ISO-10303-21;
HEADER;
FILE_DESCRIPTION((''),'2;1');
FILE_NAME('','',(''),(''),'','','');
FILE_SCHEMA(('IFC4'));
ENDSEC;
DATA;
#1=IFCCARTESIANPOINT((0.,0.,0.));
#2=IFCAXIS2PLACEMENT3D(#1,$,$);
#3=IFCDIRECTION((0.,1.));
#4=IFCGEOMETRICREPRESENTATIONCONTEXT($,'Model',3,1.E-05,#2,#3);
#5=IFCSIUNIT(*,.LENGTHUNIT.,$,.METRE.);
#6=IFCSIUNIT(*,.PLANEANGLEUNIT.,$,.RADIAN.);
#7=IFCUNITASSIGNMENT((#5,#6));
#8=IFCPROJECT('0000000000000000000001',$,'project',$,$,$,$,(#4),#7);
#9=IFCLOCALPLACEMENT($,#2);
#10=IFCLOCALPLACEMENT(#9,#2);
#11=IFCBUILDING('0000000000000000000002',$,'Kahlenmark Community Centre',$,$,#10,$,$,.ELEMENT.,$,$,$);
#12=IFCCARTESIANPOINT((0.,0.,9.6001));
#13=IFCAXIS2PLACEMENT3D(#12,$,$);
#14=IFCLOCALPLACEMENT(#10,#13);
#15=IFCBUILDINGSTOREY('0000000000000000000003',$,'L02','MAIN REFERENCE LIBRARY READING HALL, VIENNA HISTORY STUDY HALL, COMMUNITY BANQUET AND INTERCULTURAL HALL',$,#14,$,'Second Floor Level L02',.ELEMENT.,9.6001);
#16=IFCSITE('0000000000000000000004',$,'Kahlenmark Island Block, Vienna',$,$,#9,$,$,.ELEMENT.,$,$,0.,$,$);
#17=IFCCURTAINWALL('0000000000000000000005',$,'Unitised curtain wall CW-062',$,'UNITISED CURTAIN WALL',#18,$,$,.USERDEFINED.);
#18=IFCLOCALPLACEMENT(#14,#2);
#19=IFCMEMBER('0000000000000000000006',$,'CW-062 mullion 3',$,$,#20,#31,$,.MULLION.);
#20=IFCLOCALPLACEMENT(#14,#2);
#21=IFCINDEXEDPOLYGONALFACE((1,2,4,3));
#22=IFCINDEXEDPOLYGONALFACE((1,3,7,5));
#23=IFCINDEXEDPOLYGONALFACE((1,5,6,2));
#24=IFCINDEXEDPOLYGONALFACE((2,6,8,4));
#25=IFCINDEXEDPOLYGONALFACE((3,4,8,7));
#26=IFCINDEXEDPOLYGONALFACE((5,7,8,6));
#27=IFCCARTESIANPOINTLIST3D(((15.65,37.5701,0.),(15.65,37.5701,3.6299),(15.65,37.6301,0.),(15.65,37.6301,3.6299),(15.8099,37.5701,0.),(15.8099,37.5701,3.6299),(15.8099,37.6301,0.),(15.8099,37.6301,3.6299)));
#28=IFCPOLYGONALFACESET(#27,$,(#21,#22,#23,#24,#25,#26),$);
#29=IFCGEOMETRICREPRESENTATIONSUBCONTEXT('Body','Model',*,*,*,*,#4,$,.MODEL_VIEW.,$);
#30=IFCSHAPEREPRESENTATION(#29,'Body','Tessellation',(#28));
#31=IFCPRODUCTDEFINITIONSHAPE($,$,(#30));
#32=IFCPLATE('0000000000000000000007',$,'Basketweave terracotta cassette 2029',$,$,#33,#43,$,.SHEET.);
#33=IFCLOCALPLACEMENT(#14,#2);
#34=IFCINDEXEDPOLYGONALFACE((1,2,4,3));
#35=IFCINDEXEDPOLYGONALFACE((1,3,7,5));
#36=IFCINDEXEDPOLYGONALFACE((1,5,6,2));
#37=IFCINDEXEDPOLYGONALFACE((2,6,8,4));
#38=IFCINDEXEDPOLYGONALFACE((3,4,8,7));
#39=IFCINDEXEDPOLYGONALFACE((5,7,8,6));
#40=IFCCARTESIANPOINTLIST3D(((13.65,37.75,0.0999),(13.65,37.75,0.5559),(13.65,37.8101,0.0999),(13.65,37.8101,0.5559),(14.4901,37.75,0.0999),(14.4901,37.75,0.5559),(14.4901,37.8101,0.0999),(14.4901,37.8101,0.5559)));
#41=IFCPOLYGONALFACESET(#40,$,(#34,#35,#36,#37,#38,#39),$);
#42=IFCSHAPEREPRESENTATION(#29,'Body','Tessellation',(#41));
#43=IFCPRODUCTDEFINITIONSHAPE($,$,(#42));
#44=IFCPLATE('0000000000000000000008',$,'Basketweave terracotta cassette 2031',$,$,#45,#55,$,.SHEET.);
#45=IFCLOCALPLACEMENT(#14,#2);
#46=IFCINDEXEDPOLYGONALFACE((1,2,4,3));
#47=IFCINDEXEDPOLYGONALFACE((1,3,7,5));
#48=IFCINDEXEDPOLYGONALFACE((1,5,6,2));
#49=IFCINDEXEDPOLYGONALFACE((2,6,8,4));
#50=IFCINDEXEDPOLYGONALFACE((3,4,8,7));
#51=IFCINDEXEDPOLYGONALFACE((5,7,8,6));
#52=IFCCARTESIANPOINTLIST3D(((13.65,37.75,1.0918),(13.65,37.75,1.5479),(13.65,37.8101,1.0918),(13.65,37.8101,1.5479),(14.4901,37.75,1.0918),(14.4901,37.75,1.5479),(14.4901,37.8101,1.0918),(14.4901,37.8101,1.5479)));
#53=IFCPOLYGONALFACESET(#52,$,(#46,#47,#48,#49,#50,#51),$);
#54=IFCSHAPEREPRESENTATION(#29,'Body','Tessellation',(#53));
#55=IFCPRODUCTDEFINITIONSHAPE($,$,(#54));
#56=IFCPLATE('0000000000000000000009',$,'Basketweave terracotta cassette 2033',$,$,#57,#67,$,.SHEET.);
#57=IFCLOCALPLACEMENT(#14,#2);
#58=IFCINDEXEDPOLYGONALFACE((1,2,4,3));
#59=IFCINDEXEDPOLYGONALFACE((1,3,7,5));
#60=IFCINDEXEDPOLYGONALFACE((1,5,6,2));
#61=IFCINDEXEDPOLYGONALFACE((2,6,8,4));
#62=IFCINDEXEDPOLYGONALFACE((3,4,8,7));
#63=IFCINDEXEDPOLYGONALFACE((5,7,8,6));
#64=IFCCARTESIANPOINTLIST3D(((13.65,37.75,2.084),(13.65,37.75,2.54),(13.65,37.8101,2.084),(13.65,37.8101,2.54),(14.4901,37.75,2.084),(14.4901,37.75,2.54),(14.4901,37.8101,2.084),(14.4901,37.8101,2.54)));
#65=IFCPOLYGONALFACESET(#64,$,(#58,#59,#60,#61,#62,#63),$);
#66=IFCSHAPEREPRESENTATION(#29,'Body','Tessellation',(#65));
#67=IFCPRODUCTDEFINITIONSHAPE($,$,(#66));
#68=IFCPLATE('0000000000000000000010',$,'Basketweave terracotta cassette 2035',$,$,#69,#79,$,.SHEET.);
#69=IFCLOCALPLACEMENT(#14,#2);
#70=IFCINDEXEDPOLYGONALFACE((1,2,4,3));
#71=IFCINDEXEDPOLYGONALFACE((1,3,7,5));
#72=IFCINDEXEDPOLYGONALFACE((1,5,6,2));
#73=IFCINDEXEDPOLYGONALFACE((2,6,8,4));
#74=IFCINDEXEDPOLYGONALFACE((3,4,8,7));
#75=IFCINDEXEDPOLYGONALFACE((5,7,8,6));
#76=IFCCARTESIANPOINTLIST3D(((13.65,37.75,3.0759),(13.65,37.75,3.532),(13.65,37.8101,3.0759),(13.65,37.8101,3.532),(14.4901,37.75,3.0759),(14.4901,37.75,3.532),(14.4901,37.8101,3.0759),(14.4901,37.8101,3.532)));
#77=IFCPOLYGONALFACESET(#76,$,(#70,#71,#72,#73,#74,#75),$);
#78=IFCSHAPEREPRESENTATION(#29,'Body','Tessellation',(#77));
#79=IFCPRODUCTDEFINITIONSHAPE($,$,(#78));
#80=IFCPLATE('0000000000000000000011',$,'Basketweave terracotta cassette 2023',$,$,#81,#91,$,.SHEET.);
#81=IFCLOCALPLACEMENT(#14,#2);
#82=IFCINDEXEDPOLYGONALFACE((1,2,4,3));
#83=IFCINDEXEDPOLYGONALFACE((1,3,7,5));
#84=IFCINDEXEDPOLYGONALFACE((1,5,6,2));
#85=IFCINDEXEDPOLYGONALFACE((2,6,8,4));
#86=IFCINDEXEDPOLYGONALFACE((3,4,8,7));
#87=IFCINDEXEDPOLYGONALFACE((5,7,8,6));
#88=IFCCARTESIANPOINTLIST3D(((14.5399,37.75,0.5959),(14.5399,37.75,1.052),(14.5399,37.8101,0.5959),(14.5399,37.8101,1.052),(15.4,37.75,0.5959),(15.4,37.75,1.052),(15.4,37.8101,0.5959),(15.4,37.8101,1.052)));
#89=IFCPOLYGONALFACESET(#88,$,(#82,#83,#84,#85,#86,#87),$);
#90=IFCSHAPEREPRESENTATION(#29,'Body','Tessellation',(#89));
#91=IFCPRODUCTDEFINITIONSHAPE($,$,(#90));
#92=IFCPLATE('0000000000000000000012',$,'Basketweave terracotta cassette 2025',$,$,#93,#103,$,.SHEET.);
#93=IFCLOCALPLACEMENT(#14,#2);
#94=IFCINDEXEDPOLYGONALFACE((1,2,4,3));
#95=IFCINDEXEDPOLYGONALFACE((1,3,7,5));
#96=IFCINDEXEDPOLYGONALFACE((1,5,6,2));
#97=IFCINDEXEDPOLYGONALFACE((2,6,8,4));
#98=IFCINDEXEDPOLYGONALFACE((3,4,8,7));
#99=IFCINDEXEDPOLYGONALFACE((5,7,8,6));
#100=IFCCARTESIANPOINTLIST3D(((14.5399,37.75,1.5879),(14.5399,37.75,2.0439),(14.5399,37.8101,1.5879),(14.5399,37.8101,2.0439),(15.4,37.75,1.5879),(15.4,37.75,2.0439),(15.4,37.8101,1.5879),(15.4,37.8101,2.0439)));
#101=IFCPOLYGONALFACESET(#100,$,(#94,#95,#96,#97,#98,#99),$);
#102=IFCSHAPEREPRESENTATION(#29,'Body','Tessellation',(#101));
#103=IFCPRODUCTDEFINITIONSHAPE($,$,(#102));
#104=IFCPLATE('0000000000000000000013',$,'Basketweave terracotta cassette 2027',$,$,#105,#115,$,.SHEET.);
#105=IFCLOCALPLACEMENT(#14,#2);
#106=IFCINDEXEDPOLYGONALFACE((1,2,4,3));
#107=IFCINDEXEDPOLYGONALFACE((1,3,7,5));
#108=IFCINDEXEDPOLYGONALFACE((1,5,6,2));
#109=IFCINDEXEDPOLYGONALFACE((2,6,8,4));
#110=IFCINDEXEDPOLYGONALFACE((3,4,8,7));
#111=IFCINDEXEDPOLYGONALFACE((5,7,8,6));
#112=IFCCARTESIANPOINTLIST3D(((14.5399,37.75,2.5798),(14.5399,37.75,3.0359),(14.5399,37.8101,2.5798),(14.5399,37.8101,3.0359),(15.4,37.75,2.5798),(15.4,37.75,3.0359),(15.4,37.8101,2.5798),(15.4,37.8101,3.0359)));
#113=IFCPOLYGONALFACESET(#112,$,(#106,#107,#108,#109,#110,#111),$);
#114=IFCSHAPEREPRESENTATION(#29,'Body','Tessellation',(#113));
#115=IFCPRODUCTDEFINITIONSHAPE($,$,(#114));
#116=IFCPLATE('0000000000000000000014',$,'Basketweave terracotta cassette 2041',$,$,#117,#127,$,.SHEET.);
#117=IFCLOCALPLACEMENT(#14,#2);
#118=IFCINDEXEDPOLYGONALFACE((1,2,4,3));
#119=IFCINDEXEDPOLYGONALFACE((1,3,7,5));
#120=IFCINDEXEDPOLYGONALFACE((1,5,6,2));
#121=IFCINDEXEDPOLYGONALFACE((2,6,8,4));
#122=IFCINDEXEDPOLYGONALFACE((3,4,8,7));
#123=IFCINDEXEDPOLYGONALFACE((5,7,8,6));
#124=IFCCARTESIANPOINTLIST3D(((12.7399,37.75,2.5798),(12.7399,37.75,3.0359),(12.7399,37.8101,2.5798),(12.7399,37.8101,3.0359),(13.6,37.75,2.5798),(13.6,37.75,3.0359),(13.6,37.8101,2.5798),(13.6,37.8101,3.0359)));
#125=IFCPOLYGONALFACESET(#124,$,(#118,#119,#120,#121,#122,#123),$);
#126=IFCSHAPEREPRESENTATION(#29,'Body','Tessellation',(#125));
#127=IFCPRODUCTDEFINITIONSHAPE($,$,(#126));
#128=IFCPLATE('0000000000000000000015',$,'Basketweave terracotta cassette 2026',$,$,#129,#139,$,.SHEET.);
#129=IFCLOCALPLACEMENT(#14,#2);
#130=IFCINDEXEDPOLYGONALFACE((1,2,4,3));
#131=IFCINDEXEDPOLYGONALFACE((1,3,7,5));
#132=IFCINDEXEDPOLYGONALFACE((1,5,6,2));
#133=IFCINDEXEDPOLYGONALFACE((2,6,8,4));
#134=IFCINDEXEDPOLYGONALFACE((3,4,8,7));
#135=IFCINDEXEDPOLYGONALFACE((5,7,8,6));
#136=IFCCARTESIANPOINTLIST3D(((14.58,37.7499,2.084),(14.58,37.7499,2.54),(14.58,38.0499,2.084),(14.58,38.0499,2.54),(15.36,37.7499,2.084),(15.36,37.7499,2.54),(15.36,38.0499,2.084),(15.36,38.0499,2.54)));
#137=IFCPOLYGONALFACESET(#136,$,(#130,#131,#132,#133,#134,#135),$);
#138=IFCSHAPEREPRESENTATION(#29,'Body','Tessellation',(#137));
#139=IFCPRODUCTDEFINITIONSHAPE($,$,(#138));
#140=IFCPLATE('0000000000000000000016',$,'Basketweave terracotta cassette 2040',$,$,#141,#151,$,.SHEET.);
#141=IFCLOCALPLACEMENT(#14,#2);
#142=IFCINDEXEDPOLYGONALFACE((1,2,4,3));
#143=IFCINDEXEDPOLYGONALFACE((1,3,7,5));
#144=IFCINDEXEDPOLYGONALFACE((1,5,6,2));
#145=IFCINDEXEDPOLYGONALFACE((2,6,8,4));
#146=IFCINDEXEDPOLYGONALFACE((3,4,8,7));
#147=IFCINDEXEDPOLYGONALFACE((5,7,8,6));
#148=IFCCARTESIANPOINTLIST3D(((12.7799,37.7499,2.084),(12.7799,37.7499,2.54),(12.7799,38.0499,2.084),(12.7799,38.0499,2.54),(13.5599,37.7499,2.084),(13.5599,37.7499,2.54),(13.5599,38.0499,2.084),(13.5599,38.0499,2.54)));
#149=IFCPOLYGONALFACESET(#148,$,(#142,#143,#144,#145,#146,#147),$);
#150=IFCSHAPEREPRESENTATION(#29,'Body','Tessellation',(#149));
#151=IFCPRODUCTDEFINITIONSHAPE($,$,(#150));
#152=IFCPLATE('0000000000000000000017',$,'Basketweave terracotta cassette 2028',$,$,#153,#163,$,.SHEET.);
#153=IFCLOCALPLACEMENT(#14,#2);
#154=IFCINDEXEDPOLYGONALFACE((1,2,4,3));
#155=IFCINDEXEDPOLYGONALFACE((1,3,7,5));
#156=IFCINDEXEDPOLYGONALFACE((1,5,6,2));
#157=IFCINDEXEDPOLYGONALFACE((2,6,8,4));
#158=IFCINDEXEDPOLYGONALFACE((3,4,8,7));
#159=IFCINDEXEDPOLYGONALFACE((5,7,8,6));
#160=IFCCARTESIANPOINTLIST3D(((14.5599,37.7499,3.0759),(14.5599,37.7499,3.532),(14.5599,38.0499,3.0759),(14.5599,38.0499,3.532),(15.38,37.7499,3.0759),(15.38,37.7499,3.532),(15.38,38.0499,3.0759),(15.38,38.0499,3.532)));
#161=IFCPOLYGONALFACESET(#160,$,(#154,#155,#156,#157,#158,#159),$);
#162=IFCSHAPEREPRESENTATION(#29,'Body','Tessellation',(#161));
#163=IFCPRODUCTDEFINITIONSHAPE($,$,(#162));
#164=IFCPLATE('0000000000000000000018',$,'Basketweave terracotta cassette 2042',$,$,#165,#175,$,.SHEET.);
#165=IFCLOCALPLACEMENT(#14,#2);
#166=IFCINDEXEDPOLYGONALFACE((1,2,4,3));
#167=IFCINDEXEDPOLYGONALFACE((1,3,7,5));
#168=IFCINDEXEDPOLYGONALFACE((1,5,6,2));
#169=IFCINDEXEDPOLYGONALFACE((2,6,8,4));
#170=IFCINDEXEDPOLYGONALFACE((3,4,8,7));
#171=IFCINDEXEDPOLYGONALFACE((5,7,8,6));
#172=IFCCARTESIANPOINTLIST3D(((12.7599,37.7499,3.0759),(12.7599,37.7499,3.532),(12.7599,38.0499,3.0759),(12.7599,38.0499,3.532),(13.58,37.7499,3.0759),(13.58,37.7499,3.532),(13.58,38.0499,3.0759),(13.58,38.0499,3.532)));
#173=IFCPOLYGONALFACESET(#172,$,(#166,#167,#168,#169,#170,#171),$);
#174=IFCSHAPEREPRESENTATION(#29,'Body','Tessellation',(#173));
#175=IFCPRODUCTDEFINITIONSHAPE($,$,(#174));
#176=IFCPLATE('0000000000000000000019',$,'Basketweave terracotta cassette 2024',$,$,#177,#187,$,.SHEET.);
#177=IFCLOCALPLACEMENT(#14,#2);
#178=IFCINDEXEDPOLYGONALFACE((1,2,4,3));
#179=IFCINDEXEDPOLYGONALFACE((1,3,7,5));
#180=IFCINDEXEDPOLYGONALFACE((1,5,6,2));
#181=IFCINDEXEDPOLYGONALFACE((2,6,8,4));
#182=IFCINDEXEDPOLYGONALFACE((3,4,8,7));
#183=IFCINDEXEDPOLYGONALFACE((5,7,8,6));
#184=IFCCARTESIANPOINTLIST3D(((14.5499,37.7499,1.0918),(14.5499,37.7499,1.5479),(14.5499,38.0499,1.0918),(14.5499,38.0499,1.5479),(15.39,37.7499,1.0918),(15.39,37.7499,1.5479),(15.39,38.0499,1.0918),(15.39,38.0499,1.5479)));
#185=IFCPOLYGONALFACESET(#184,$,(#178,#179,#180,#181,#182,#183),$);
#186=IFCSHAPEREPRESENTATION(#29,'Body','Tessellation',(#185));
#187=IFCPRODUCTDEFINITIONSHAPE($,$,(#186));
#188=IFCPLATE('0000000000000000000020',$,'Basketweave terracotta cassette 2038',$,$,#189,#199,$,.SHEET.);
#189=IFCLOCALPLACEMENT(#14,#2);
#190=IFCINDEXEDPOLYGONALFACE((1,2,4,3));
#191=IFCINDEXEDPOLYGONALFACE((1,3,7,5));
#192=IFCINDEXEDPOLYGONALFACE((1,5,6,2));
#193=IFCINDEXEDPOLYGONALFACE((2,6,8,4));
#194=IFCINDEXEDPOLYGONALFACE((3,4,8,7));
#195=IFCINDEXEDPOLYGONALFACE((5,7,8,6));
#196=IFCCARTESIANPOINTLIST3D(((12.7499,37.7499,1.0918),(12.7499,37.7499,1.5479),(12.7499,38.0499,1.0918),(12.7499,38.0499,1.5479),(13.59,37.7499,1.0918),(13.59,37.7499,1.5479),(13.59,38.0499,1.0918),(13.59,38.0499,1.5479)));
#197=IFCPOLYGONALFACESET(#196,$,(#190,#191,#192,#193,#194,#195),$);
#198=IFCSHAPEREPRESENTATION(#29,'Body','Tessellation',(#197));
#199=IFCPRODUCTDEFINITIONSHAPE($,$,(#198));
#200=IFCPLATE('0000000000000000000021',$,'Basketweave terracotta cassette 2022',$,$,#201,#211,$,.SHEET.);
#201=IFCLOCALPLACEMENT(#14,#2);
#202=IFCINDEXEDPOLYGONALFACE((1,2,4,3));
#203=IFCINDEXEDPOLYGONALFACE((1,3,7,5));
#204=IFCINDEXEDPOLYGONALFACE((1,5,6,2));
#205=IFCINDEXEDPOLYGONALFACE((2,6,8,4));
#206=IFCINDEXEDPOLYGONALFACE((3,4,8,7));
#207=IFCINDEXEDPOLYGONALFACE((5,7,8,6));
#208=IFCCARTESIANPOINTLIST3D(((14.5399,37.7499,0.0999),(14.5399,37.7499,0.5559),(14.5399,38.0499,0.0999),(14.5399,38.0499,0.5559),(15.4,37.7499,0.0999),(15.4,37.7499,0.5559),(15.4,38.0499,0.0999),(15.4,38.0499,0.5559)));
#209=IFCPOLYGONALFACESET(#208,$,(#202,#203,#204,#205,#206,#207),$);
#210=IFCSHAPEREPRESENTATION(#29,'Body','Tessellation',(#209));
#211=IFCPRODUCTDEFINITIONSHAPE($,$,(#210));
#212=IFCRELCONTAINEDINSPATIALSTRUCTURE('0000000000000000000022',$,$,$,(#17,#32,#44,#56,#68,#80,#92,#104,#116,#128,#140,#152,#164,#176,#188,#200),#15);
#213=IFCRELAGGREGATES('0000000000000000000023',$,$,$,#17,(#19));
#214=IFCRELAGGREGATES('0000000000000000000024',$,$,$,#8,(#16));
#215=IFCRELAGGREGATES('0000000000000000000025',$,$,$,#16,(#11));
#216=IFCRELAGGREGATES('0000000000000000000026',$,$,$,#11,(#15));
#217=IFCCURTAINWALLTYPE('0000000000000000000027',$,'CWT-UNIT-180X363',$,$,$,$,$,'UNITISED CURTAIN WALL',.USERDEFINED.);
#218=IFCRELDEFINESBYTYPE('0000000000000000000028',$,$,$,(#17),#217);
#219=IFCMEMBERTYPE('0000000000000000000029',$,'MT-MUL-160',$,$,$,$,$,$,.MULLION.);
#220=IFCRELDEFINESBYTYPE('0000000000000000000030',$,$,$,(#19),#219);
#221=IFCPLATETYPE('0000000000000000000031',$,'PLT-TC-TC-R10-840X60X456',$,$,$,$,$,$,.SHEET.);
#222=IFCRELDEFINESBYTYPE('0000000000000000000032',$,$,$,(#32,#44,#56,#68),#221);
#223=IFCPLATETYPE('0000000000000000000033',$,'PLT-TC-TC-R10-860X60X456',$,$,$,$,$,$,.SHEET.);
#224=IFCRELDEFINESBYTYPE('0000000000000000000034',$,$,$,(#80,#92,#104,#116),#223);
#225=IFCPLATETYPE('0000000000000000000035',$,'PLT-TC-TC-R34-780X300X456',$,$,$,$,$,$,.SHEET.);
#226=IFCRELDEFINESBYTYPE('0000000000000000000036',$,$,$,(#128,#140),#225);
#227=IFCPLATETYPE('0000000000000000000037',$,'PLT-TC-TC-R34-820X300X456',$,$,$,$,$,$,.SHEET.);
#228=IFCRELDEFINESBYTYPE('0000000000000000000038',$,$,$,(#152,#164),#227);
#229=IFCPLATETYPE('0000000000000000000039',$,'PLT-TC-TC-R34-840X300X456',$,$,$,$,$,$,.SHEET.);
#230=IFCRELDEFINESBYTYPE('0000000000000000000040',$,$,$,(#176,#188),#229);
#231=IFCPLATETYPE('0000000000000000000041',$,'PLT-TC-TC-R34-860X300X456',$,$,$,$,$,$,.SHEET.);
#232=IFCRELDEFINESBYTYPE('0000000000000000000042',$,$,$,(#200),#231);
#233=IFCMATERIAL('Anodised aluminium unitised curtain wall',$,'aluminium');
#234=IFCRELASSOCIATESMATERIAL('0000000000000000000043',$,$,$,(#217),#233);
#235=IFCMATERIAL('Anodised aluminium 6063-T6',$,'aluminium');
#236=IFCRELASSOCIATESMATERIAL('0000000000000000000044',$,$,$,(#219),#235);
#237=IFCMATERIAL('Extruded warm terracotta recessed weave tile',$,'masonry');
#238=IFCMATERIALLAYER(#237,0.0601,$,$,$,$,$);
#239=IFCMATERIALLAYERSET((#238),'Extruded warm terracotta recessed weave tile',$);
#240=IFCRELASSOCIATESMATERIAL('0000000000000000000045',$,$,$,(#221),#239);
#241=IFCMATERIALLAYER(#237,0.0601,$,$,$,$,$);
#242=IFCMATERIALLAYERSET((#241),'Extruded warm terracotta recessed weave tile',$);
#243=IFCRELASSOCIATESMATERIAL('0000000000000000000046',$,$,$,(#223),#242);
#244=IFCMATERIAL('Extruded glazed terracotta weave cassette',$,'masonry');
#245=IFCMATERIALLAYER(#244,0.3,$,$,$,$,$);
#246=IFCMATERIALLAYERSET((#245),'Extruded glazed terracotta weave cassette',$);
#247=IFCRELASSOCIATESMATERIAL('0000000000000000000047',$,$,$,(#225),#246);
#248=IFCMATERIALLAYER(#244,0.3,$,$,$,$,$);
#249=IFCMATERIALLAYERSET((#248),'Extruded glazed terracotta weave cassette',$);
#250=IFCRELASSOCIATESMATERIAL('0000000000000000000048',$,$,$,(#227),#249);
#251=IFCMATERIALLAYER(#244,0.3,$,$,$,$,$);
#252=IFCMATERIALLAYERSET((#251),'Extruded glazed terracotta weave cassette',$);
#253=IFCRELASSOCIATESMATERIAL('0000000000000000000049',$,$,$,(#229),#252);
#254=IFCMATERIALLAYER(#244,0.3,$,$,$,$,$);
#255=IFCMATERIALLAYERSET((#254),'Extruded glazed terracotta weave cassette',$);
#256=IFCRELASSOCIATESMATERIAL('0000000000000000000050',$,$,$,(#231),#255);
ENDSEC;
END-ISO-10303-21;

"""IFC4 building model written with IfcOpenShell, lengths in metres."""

from ifc_helpers import new_model, si_unit, direction, frame, origin, origin_2d, place, context, subcontext, project, spatial, rectangle, extrude, material, layer, layer_set, material_profile, profile_set, type_object, element, aggregate, save


model = new_model("IFC4")

# Units and contexts
model_context = context("Model", 3, precision=1e-05, world=origin(), true_north=direction((0.0, 1.0)))
body_context = subcontext(model_context, "Body", "Model", "MODEL_VIEW")
ifc_project = project(units=[si_unit("LENGTHUNIT", "METRE"), si_unit("PLANEANGLEUNIT", "RADIAN")], contexts=[model_context])

# Site, building, storey
site_placement = place(None, origin())
site = spatial("IfcSite", under=ifc_project, at=site_placement, Name="Kahlenmark Island Block, Vienna", CompositionType="ELEMENT", RefElevation=0.0)
building_placement = place(site_placement, origin())
building = spatial("IfcBuilding", under=site, at=building_placement, Name="Kahlenmark Community Centre", CompositionType="ELEMENT")
storey_placement = place(building_placement, frame((0.0, 0.0, 9.6001)))
storey = spatial("IfcBuildingStorey", under=building, at=storey_placement, Name="L02", Description="MAIN REFERENCE LIBRARY READING HALL, VIENNA HISTORY STUDY HALL, COMMUNITY BANQUET AND INTERCULTURAL HALL", LongName="Second Floor Level L02", CompositionType="ELEMENT", Elevation=9.6001)

# Curtain wall, member
ifc_material_1 = material(Name="Anodised aluminium unitised curtain wall", Category="aluminium")
curtain_wall_type = type_object("IfcCurtainWallType", Name="CWT-UNIT-180X363", ElementType="UNITISED CURTAIN WALL", PredefinedType="USERDEFINED", material=ifc_material_1)
curtain_wall_placement = place(storey_placement, origin())
curtain_wall = element("IfcCurtainWall", 1, at=curtain_wall_placement, inside=storey, type_object=curtain_wall_type, Name="Unitised curtain wall CW-062", ObjectType="UNITISED CURTAIN WALL", PredefinedType="USERDEFINED")
ifc_material_2 = material(Name="Anodised aluminium 6063-T6", Category="aluminium")
ifc_material_profile = material_profile(ifc_material_2, rectangle(XDim=0.0601, YDim=0.1599, at=origin_2d()), Name="ALU MULLION 60x160")
ifc_profile_set = profile_set([ifc_material_profile], Name="Anodised aluminium 6063-T6")
member_type = type_object("IfcMemberType", Name="MT-MUL-160", PredefinedType="MULLION", material=ifc_profile_set)
member_placement = place(storey_placement, frame((15.73, 37.6001, 0.0), z_axis=(0.0, 0.0, 1.0), x_axis=(0.0, -1.0, 0.0)))
member = element("IfcMember", 2, at=member_placement, type_object=member_type, Name="CW-062 mullion 3", PredefinedType="MULLION", context=body_context, shape_type="SweptSolid", body=[
    extrude(rectangle(XDim=0.0601, YDim=0.1599, at=origin_2d()), origin(), (0.0, 0.0, 1.0), 3.6299),
])
aggregate(curtain_wall, [member])

# Plates
ifc_material_3 = material(Name="Extruded warm terracotta recessed weave tile", Category="masonry")
ifc_layer_1 = layer(ifc_material_3, 0.0601)
ifc_layer_set_1 = layer_set([ifc_layer_1], Name="Extruded warm terracotta recessed weave tile")
plate_type_1 = type_object("IfcPlateType", Name="PLT-TC-TC-R10-840X60X456", PredefinedType="SHEET", material=ifc_layer_set_1)
for number, where, z_axis, x_axis, name in (
    (3, (14.0701, 37.78, 0.0999), (0.0, 0.0, 1.0), (-1.0, 0.0, 0.0), "Basketweave terracotta cassette 2029"),
    (4, (14.0701, 37.78, 1.0918), (0.0, 0.0, 1.0), (-1.0, 0.0, 0.0), "Basketweave terracotta cassette 2031"),
    (5, (14.0701, 37.78, 2.084), (0.0, 0.0, 1.0), (-1.0, 0.0, 0.0), "Basketweave terracotta cassette 2033"),
    (6, (14.0701, 37.78, 3.0759), (0.0, 0.0, 1.0), (-1.0, 0.0, 0.0), "Basketweave terracotta cassette 2035"),
):
    element("IfcPlate", number, at=place(storey_placement, frame(where, z_axis=z_axis, x_axis=x_axis)), inside=storey, type_object=plate_type_1, Name=name, PredefinedType="SHEET", context=body_context, shape_type="SweptSolid", body=[
        extrude(rectangle(XDim=0.8401, YDim=0.0601, at=origin_2d()), origin(), (0.0, 0.0, 1.0), 0.4561),
    ])
ifc_layer_2 = layer(ifc_material_3, 0.0601)
ifc_layer_set_2 = layer_set([ifc_layer_2], Name="Extruded warm terracotta recessed weave tile")
plate_type_2 = type_object("IfcPlateType", Name="PLT-TC-TC-R10-860X60X456", PredefinedType="SHEET", material=ifc_layer_set_2)
for number, where, z_axis, x_axis, name in (
    (7, (14.97, 37.78, 0.5959), (0.0, 0.0, 1.0), (-1.0, 0.0, 0.0), "Basketweave terracotta cassette 2023"),
    (8, (14.97, 37.78, 1.5879), (0.0, 0.0, 1.0), (-1.0, 0.0, 0.0), "Basketweave terracotta cassette 2025"),
    (9, (14.97, 37.78, 2.5798), (0.0, 0.0, 1.0), (-1.0, 0.0, 0.0), "Basketweave terracotta cassette 2027"),
    (10, (13.1699, 37.78, 2.5798), (0.0, 0.0, 1.0), (-1.0, 0.0, 0.0), "Basketweave terracotta cassette 2041"),
):
    element("IfcPlate", number, at=place(storey_placement, frame(where, z_axis=z_axis, x_axis=x_axis)), inside=storey, type_object=plate_type_2, Name=name, PredefinedType="SHEET", context=body_context, shape_type="SweptSolid", body=[
        extrude(rectangle(XDim=0.8601, YDim=0.0601, at=origin_2d()), origin(), (0.0, 0.0, 1.0), 0.4561),
    ])
ifc_material_4 = material(Name="Extruded glazed terracotta weave cassette", Category="masonry")
ifc_layer_3 = layer(ifc_material_4, 0.3)
ifc_layer_set_3 = layer_set([ifc_layer_3], Name="Extruded glazed terracotta weave cassette")
plate_type_3 = type_object("IfcPlateType", Name="PLT-TC-TC-R34-780X300X456", PredefinedType="SHEET", material=ifc_layer_set_3)
for number, where, z_axis, x_axis, name in (
    (11, (14.97, 37.8999, 2.084), (0.0, 0.0, 1.0), (-1.0, 0.0, 0.0), "Basketweave terracotta cassette 2026"),
    (12, (13.1699, 37.8999, 2.084), (0.0, 0.0, 1.0), (-1.0, 0.0, 0.0), "Basketweave terracotta cassette 2040"),
):
    element("IfcPlate", number, at=place(storey_placement, frame(where, z_axis=z_axis, x_axis=x_axis)), inside=storey, type_object=plate_type_3, Name=name, PredefinedType="SHEET", context=body_context, shape_type="SweptSolid", body=[
        extrude(rectangle(XDim=0.78, YDim=0.3, at=origin_2d()), origin(), (0.0, 0.0, 1.0), 0.4561),
    ])
ifc_layer_4 = layer(ifc_material_4, 0.3)
ifc_layer_set_4 = layer_set([ifc_layer_4], Name="Extruded glazed terracotta weave cassette")
plate_type_4 = type_object("IfcPlateType", Name="PLT-TC-TC-R34-820X300X456", PredefinedType="SHEET", material=ifc_layer_set_4)
for number, where, z_axis, x_axis, name in (
    (13, (14.97, 37.8999, 3.0759), (0.0, 0.0, 1.0), (-1.0, 0.0, 0.0), "Basketweave terracotta cassette 2028"),
    (14, (13.1699, 37.8999, 3.0759), (0.0, 0.0, 1.0), (-1.0, 0.0, 0.0), "Basketweave terracotta cassette 2042"),
):
    element("IfcPlate", number, at=place(storey_placement, frame(where, z_axis=z_axis, x_axis=x_axis)), inside=storey, type_object=plate_type_4, Name=name, PredefinedType="SHEET", context=body_context, shape_type="SweptSolid", body=[
        extrude(rectangle(XDim=0.8201, YDim=0.3, at=origin_2d()), origin(), (0.0, 0.0, 1.0), 0.4561),
    ])
ifc_layer_5 = layer(ifc_material_4, 0.3)
ifc_layer_set_5 = layer_set([ifc_layer_5], Name="Extruded glazed terracotta weave cassette")
plate_type_5 = type_object("IfcPlateType", Name="PLT-TC-TC-R34-840X300X456", PredefinedType="SHEET", material=ifc_layer_set_5)
for number, where, z_axis, x_axis, name in (
    (15, (14.97, 37.8999, 1.0918), (0.0, 0.0, 1.0), (-1.0, 0.0, 0.0), "Basketweave terracotta cassette 2024"),
    (16, (13.1699, 37.8999, 1.0918), (0.0, 0.0, 1.0), (-1.0, 0.0, 0.0), "Basketweave terracotta cassette 2038"),
):
    element("IfcPlate", number, at=place(storey_placement, frame(where, z_axis=z_axis, x_axis=x_axis)), inside=storey, type_object=plate_type_5, Name=name, PredefinedType="SHEET", context=body_context, shape_type="SweptSolid", body=[
        extrude(rectangle(XDim=0.8401, YDim=0.3, at=origin_2d()), origin(), (0.0, 0.0, 1.0), 0.4561),
    ])
ifc_layer_6 = layer(ifc_material_4, 0.3)
ifc_layer_set_6 = layer_set([ifc_layer_6], Name="Extruded glazed terracotta weave cassette")
plate_type_6 = type_object("IfcPlateType", Name="PLT-TC-TC-R34-860X300X456", PredefinedType="SHEET", material=ifc_layer_set_6)
for number, where, z_axis, x_axis, name in (
    (17, (14.97, 37.8999, 0.0999), (0.0, 0.0, 1.0), (-1.0, 0.0, 0.0), "Basketweave terracotta cassette 2022"),
):
    element("IfcPlate", number, at=place(storey_placement, frame(where, z_axis=z_axis, x_axis=x_axis)), inside=storey, type_object=plate_type_6, Name=name, PredefinedType="SHEET", context=body_context, shape_type="SweptSolid", body=[
        extrude(rectangle(XDim=0.8601, YDim=0.3, at=origin_2d()), origin(), (0.0, 0.0, 1.0), 0.4561),
    ])

save(model, "model.ifc")
